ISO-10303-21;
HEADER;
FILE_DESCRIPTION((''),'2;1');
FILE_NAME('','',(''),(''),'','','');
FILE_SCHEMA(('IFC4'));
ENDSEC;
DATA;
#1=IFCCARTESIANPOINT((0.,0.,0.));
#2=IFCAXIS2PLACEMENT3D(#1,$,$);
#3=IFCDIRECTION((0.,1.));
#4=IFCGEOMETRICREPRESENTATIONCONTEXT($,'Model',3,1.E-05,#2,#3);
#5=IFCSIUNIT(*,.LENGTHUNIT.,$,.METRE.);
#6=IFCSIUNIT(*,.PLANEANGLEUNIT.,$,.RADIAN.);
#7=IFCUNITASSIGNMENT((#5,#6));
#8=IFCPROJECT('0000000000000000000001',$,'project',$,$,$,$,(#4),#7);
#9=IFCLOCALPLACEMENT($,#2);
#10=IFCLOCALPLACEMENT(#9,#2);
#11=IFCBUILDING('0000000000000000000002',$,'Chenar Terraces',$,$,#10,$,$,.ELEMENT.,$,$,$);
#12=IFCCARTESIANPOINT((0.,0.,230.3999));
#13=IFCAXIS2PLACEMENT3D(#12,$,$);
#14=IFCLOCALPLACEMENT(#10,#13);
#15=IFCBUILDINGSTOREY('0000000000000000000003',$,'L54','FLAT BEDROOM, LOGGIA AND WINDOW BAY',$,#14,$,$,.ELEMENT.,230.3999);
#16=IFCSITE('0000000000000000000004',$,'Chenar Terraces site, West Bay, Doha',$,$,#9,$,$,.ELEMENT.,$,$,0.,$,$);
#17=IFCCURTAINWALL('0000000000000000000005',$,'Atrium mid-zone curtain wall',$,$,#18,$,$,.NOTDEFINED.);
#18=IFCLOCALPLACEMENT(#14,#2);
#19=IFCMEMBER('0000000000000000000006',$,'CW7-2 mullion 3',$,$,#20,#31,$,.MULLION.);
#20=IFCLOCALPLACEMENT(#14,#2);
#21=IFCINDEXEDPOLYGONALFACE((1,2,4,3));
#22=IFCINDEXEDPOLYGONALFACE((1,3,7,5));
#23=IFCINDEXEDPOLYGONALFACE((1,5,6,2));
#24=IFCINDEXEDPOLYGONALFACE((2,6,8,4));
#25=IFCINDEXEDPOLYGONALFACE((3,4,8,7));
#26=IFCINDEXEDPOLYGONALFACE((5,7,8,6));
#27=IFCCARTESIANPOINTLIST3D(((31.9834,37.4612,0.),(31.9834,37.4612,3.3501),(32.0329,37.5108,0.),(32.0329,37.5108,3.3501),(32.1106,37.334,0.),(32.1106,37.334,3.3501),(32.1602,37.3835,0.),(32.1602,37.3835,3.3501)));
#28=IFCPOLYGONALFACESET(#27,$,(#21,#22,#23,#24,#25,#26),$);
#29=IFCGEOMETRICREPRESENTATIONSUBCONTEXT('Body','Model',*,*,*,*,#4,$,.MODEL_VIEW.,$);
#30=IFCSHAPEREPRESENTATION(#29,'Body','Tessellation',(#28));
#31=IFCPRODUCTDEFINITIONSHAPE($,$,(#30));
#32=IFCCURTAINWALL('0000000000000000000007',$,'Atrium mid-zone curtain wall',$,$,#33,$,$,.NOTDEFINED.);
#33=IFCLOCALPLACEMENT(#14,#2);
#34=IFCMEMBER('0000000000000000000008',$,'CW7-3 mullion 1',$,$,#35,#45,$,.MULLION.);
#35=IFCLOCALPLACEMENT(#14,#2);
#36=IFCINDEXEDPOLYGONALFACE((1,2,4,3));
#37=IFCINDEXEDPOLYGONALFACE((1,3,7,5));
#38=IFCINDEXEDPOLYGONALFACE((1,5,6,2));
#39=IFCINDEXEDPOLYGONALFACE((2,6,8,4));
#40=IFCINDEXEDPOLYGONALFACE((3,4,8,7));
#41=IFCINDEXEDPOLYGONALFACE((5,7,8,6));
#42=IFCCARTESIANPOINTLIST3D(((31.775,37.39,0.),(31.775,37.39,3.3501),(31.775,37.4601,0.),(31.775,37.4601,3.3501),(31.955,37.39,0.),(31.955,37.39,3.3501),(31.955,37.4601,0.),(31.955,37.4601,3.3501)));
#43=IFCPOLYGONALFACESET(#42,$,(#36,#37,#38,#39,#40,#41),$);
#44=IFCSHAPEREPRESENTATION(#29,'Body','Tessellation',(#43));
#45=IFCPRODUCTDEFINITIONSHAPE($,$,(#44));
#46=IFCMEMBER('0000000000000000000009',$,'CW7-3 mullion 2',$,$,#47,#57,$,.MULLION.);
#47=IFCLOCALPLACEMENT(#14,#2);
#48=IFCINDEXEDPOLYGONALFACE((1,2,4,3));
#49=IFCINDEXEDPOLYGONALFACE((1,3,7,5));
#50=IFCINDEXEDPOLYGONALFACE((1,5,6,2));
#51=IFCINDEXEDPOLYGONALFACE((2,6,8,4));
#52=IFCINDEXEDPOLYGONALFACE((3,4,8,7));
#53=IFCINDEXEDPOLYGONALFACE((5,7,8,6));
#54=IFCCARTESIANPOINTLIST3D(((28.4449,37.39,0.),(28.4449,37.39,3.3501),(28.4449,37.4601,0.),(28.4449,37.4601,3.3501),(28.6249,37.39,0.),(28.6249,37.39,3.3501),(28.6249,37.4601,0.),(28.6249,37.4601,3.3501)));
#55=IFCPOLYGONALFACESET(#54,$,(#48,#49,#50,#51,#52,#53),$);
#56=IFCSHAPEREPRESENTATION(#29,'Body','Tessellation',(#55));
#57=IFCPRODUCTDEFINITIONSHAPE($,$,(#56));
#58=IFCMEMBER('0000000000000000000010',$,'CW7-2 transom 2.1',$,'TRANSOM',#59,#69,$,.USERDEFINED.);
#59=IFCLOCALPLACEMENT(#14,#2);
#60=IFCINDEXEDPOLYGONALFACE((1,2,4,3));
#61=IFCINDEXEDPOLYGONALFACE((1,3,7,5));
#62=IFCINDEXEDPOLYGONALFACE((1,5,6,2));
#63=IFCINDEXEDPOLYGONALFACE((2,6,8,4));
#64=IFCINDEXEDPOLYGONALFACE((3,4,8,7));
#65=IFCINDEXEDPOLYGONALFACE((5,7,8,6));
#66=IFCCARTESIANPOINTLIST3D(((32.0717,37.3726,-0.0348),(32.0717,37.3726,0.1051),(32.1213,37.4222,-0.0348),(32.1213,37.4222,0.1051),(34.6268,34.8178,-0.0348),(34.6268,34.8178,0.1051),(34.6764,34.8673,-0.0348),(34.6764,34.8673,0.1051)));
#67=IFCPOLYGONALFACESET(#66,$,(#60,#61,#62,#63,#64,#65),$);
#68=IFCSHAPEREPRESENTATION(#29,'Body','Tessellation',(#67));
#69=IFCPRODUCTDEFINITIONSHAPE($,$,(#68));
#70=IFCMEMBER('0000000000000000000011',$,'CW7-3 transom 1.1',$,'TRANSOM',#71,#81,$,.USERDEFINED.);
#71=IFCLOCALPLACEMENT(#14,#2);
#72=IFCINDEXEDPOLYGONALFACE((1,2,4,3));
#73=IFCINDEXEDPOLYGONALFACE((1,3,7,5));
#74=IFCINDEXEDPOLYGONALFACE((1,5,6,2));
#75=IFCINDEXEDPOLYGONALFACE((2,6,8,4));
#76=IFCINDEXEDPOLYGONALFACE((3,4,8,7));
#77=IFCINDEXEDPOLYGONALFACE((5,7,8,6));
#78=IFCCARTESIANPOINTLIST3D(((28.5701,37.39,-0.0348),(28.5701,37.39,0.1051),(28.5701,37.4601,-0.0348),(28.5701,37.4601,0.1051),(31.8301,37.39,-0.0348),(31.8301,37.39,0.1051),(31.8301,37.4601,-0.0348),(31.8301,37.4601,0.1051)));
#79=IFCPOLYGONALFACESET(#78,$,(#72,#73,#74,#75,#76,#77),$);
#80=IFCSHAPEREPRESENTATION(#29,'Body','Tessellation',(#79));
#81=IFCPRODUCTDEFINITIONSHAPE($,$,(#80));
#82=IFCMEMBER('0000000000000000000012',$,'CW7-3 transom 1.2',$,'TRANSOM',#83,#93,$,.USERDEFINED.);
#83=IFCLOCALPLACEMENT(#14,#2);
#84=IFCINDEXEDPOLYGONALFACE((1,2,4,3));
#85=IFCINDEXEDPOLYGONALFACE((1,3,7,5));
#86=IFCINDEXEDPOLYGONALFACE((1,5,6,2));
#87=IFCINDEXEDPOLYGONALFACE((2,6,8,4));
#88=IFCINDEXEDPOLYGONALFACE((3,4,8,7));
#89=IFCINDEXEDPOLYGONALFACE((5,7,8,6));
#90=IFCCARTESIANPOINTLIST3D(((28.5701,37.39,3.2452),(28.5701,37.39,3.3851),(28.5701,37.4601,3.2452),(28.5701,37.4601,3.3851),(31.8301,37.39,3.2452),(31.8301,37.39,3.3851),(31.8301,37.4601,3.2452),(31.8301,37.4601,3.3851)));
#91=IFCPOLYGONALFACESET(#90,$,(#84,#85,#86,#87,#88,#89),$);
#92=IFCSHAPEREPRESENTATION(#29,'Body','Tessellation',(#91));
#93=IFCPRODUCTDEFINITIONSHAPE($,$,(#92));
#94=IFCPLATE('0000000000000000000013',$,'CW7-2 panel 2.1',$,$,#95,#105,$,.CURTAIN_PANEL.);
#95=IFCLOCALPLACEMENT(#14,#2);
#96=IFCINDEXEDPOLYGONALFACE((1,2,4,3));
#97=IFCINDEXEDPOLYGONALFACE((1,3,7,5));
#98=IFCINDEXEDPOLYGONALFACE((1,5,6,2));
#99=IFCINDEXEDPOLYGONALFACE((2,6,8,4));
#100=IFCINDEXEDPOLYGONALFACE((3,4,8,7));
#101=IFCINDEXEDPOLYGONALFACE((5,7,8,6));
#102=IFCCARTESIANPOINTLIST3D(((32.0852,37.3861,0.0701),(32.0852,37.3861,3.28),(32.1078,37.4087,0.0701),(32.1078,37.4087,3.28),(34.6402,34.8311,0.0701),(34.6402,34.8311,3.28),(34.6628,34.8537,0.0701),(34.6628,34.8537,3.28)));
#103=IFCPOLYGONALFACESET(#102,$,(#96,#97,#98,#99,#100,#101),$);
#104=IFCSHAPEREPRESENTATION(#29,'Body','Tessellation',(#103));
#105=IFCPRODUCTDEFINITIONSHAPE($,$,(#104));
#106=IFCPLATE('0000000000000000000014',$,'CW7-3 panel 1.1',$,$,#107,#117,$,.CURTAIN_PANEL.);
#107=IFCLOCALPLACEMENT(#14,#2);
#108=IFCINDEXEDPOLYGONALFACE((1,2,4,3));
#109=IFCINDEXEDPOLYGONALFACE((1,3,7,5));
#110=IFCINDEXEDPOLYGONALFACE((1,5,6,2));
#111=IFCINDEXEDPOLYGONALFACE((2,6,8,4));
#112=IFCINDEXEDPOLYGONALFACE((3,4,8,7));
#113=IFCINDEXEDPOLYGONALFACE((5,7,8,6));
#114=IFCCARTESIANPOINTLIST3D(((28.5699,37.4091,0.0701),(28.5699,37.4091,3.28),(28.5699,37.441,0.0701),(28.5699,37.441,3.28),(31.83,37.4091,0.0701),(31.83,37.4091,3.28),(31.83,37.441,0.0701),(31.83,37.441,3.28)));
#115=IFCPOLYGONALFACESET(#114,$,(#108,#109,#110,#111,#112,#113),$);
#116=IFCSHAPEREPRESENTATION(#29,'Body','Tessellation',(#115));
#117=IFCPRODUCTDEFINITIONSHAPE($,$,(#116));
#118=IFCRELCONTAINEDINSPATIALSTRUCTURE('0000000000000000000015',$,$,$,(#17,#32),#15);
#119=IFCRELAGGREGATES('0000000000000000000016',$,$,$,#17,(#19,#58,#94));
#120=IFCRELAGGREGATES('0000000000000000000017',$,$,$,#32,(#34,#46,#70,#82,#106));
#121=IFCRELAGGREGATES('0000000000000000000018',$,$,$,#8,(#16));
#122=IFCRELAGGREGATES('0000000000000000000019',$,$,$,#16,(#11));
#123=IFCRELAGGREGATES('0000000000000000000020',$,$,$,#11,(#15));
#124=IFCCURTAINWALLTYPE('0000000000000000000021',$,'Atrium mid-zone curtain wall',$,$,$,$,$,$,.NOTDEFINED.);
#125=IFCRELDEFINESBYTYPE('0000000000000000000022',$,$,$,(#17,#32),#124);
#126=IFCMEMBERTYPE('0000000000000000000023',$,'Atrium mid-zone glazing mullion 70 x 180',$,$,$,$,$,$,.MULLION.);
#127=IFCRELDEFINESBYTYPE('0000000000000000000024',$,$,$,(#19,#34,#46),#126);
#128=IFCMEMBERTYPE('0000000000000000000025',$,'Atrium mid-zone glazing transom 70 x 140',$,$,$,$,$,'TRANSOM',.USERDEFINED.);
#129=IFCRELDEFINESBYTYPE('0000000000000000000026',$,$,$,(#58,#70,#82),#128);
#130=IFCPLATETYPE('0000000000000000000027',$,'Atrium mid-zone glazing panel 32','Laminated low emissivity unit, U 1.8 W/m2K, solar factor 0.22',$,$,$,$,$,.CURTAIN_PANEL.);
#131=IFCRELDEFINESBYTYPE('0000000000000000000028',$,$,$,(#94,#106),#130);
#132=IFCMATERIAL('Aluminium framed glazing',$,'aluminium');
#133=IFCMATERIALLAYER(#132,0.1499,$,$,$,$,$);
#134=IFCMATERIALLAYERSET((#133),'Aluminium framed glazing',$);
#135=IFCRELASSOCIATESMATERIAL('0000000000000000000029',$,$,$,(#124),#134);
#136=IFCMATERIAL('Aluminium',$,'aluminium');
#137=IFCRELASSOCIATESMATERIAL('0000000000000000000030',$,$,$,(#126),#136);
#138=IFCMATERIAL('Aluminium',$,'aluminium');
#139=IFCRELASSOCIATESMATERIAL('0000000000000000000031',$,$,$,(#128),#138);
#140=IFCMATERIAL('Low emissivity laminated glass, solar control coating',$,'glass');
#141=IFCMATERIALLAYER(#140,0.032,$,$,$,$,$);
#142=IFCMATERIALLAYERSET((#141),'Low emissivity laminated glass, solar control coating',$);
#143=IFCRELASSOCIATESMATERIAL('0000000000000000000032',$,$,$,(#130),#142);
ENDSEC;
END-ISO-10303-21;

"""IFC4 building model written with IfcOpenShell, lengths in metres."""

from ifc_helpers import new_model, si_unit, direction, frame, origin, origin_2d, place, context, subcontext, project, spatial, rectangle, extrude, material, layer, layer_set, material_profile, profile_set, type_object, element, aggregate, save


model = new_model("IFC4")

# Units and contexts
model_context = context("Model", 3, precision=1e-05, world=origin(), true_north=direction((0.0, 1.0)))
body_context = subcontext(model_context, "Body", "Model", "MODEL_VIEW")
ifc_project = project(units=[si_unit("LENGTHUNIT", "METRE"), si_unit("PLANEANGLEUNIT", "RADIAN")], contexts=[model_context])

# Site, building, storey
site_placement = place(None, origin())
site = spatial("IfcSite", under=ifc_project, at=site_placement, Name="Chenar Terraces site, West Bay, Doha", CompositionType="ELEMENT", RefElevation=0.0)
building_placement = place(site_placement, origin())
building = spatial("IfcBuilding", under=site, at=building_placement, Name="Chenar Terraces", CompositionType="ELEMENT")
storey_placement = place(building_placement, frame((0.0, 0.0, 230.3999)))
storey = spatial("IfcBuildingStorey", under=building, at=storey_placement, Name="L54", Description="FLAT BEDROOM, LOGGIA AND WINDOW BAY", CompositionType="ELEMENT", Elevation=230.3999)

# Curtain wall, member
ifc_material_1 = material(Name="Aluminium framed glazing", Category="aluminium")
ifc_layer_1 = layer(ifc_material_1, 0.1499)
ifc_layer_set_1 = layer_set([ifc_layer_1], Name="Aluminium framed glazing")
curtain_wall_type = type_object("IfcCurtainWallType", Name="Atrium mid-zone curtain wall", PredefinedType="NOTDEFINED", material=ifc_layer_set_1)
placement = place(storey_placement, origin())
curtain_wall_1 = element("IfcCurtainWall", 1, at=placement, inside=storey, type_object=curtain_wall_type, Name="Atrium mid-zone curtain wall", PredefinedType="NOTDEFINED")
ifc_material_2 = material(Name="Aluminium", Category="aluminium")
ifc_material_profile_1 = material_profile(ifc_material_2, rectangle(XDim=0.0701, YDim=0.1799, at=origin_2d()), Name="Atrium mid-zone glazing mullion 70 x 180")
ifc_profile_set_1 = profile_set([ifc_material_profile_1], Name="Aluminium")
member_type_1 = type_object("IfcMemberType", Name="Atrium mid-zone glazing mullion 70 x 180", PredefinedType="MULLION", material=ifc_profile_set_1)
member_1_placement = place(storey_placement, frame((32.0718, 37.4224, 0.0), z_axis=(0.0, 0.0, 1.0), x_axis=(-0.707107, -0.707107, 0.0)))
member_1 = element("IfcMember", 2, at=member_1_placement, type_object=member_type_1, Name="CW7-2 mullion 3", PredefinedType="MULLION", context=body_context, shape_type="SweptSolid", body=[
    extrude(rectangle(XDim=0.0701, YDim=0.1799, at=origin_2d()), origin(), (0.0, 0.0, 1.0), 3.3501),
])

# Curtain wall, members
curtain_wall_2 = element("IfcCurtainWall", 3, at=placement, inside=storey, type_object=curtain_wall_type, Name="Atrium mid-zone curtain wall", PredefinedType="NOTDEFINED")
member_2_placement = place(storey_placement, frame((31.865, 37.425, 0.0), z_axis=(0.0, 0.0, 1.0), x_axis=(0.0, -1.0, 0.0)))
member_2 = element("IfcMember", 4, at=member_2_placement, type_object=member_type_1, Name="CW7-3 mullion 1", PredefinedType="MULLION", context=body_context, shape_type="SweptSolid", body=[
    extrude(rectangle(XDim=0.0701, YDim=0.1799, at=origin_2d()), origin(), (0.0, 0.0, 1.0), 3.3501),
])
member_3_placement = place(storey_placement, frame((28.5349, 37.425, 0.0), z_axis=(0.0, 0.0, 1.0), x_axis=(0.0, -1.0, 0.0)))
member_3 = element("IfcMember", 5, at=member_3_placement, type_object=member_type_1, Name="CW7-3 mullion 2", PredefinedType="MULLION", context=body_context, shape_type="SweptSolid", body=[
    extrude(rectangle(XDim=0.0701, YDim=0.1799, at=origin_2d()), origin(), (0.0, 0.0, 1.0), 3.3501),
])

# Members
ifc_material_3 = material(Name="Aluminium", Category="aluminium")
ifc_material_profile_2 = material_profile(ifc_material_3, rectangle(XDim=0.0701, YDim=0.1399, at=origin_2d()), Name="Atrium mid-zone glazing transom 70 x 140")
ifc_profile_set_2 = profile_set([ifc_material_profile_2], Name="Aluminium")
member_type_2 = type_object("IfcMemberType", Name="Atrium mid-zone glazing transom 70 x 140", ElementType="TRANSOM", PredefinedType="USERDEFINED", material=ifc_profile_set_2)
member_4_placement = place(storey_placement, frame((34.6516, 34.8425, 0.0352), z_axis=(-0.707141, 0.707073, 0.0), x_axis=(-0.707073, -0.707141, 0.0)))
member_4 = element("IfcMember", 6, at=member_4_placement, type_object=member_type_2, Name="CW7-2 transom 2.1", ObjectType="TRANSOM", PredefinedType="USERDEFINED", context=body_context, shape_type="SweptSolid", body=[
    extrude(rectangle(XDim=0.0701, YDim=0.1399, at=origin_2d()), origin(), (0.0, 0.0, 1.0), 3.6133),
])
member_5_placement = place(storey_placement, frame((31.8301, 37.425, 0.0352), z_axis=(-1.0, 0.0, 0.0), x_axis=(0.0, -1.0, 0.0)))
member_5 = element("IfcMember", 7, at=member_5_placement, type_object=member_type_2, Name="CW7-3 transom 1.1", ObjectType="TRANSOM", PredefinedType="USERDEFINED", context=body_context, shape_type="SweptSolid", body=[
    extrude(rectangle(XDim=0.0701, YDim=0.1399, at=origin_2d()), origin(), (0.0, 0.0, 1.0), 3.26),
])
member_6_placement = place(storey_placement, frame((31.8301, 37.425, 3.3152), z_axis=(-1.0, 0.0, 0.0), x_axis=(0.0, -1.0, 0.0)))
member_6 = element("IfcMember", 8, at=member_6_placement, type_object=member_type_2, Name="CW7-3 transom 1.2", ObjectType="TRANSOM", PredefinedType="USERDEFINED", context=body_context, shape_type="SweptSolid", body=[
    extrude(rectangle(XDim=0.0701, YDim=0.1399, at=origin_2d()), origin(), (0.0, 0.0, 1.0), 3.26),
])

# Plates
ifc_material_4 = material(Name="Low emissivity laminated glass, solar control coating", Category="glass")
ifc_layer_2 = layer(ifc_material_4, 0.032)
ifc_layer_set_2 = layer_set([ifc_layer_2], Name="Low emissivity laminated glass, solar control coating")
plate_type = type_object("IfcPlateType", Name="Atrium mid-zone glazing panel 32", Description="Laminated low emissivity unit, U 1.8 W/m2K, solar factor 0.22", PredefinedType="CURTAIN_PANEL", material=ifc_layer_set_2)
plate_1_placement = place(storey_placement, frame((33.374, 36.1199, 0.0701), z_axis=(0.0, 0.0, 1.0), x_axis=(-0.707107, 0.707107, 0.0)))
plate_1 = element("IfcPlate", 9, at=plate_1_placement, type_object=plate_type, Name="CW7-2 panel 2.1", PredefinedType="CURTAIN_PANEL", context=body_context, shape_type="SweptSolid", body=[
    extrude(rectangle(XDim=3.6133, YDim=0.032, at=origin_2d()), origin(), (0.0, 0.0, 1.0), 3.21),
])
aggregate(curtain_wall_1, [member_1, member_4, plate_1])
plate_2_placement = place(storey_placement, frame((30.2, 37.425, 0.0701), z_axis=(0.0, 0.0, 1.0), x_axis=(-1.0, 0.0, 0.0)))
plate_2 = element("IfcPlate", 10, at=plate_2_placement, type_object=plate_type, Name="CW7-3 panel 1.1", PredefinedType="CURTAIN_PANEL", context=body_context, shape_type="SweptSolid", body=[
    extrude(rectangle(XDim=3.26, YDim=0.032, at=origin_2d()), origin(), (0.0, 0.0, 1.0), 3.21),
])
aggregate(curtain_wall_2, [member_2, member_3, member_5, member_6, plate_2])

save(model, "model.ifc")
